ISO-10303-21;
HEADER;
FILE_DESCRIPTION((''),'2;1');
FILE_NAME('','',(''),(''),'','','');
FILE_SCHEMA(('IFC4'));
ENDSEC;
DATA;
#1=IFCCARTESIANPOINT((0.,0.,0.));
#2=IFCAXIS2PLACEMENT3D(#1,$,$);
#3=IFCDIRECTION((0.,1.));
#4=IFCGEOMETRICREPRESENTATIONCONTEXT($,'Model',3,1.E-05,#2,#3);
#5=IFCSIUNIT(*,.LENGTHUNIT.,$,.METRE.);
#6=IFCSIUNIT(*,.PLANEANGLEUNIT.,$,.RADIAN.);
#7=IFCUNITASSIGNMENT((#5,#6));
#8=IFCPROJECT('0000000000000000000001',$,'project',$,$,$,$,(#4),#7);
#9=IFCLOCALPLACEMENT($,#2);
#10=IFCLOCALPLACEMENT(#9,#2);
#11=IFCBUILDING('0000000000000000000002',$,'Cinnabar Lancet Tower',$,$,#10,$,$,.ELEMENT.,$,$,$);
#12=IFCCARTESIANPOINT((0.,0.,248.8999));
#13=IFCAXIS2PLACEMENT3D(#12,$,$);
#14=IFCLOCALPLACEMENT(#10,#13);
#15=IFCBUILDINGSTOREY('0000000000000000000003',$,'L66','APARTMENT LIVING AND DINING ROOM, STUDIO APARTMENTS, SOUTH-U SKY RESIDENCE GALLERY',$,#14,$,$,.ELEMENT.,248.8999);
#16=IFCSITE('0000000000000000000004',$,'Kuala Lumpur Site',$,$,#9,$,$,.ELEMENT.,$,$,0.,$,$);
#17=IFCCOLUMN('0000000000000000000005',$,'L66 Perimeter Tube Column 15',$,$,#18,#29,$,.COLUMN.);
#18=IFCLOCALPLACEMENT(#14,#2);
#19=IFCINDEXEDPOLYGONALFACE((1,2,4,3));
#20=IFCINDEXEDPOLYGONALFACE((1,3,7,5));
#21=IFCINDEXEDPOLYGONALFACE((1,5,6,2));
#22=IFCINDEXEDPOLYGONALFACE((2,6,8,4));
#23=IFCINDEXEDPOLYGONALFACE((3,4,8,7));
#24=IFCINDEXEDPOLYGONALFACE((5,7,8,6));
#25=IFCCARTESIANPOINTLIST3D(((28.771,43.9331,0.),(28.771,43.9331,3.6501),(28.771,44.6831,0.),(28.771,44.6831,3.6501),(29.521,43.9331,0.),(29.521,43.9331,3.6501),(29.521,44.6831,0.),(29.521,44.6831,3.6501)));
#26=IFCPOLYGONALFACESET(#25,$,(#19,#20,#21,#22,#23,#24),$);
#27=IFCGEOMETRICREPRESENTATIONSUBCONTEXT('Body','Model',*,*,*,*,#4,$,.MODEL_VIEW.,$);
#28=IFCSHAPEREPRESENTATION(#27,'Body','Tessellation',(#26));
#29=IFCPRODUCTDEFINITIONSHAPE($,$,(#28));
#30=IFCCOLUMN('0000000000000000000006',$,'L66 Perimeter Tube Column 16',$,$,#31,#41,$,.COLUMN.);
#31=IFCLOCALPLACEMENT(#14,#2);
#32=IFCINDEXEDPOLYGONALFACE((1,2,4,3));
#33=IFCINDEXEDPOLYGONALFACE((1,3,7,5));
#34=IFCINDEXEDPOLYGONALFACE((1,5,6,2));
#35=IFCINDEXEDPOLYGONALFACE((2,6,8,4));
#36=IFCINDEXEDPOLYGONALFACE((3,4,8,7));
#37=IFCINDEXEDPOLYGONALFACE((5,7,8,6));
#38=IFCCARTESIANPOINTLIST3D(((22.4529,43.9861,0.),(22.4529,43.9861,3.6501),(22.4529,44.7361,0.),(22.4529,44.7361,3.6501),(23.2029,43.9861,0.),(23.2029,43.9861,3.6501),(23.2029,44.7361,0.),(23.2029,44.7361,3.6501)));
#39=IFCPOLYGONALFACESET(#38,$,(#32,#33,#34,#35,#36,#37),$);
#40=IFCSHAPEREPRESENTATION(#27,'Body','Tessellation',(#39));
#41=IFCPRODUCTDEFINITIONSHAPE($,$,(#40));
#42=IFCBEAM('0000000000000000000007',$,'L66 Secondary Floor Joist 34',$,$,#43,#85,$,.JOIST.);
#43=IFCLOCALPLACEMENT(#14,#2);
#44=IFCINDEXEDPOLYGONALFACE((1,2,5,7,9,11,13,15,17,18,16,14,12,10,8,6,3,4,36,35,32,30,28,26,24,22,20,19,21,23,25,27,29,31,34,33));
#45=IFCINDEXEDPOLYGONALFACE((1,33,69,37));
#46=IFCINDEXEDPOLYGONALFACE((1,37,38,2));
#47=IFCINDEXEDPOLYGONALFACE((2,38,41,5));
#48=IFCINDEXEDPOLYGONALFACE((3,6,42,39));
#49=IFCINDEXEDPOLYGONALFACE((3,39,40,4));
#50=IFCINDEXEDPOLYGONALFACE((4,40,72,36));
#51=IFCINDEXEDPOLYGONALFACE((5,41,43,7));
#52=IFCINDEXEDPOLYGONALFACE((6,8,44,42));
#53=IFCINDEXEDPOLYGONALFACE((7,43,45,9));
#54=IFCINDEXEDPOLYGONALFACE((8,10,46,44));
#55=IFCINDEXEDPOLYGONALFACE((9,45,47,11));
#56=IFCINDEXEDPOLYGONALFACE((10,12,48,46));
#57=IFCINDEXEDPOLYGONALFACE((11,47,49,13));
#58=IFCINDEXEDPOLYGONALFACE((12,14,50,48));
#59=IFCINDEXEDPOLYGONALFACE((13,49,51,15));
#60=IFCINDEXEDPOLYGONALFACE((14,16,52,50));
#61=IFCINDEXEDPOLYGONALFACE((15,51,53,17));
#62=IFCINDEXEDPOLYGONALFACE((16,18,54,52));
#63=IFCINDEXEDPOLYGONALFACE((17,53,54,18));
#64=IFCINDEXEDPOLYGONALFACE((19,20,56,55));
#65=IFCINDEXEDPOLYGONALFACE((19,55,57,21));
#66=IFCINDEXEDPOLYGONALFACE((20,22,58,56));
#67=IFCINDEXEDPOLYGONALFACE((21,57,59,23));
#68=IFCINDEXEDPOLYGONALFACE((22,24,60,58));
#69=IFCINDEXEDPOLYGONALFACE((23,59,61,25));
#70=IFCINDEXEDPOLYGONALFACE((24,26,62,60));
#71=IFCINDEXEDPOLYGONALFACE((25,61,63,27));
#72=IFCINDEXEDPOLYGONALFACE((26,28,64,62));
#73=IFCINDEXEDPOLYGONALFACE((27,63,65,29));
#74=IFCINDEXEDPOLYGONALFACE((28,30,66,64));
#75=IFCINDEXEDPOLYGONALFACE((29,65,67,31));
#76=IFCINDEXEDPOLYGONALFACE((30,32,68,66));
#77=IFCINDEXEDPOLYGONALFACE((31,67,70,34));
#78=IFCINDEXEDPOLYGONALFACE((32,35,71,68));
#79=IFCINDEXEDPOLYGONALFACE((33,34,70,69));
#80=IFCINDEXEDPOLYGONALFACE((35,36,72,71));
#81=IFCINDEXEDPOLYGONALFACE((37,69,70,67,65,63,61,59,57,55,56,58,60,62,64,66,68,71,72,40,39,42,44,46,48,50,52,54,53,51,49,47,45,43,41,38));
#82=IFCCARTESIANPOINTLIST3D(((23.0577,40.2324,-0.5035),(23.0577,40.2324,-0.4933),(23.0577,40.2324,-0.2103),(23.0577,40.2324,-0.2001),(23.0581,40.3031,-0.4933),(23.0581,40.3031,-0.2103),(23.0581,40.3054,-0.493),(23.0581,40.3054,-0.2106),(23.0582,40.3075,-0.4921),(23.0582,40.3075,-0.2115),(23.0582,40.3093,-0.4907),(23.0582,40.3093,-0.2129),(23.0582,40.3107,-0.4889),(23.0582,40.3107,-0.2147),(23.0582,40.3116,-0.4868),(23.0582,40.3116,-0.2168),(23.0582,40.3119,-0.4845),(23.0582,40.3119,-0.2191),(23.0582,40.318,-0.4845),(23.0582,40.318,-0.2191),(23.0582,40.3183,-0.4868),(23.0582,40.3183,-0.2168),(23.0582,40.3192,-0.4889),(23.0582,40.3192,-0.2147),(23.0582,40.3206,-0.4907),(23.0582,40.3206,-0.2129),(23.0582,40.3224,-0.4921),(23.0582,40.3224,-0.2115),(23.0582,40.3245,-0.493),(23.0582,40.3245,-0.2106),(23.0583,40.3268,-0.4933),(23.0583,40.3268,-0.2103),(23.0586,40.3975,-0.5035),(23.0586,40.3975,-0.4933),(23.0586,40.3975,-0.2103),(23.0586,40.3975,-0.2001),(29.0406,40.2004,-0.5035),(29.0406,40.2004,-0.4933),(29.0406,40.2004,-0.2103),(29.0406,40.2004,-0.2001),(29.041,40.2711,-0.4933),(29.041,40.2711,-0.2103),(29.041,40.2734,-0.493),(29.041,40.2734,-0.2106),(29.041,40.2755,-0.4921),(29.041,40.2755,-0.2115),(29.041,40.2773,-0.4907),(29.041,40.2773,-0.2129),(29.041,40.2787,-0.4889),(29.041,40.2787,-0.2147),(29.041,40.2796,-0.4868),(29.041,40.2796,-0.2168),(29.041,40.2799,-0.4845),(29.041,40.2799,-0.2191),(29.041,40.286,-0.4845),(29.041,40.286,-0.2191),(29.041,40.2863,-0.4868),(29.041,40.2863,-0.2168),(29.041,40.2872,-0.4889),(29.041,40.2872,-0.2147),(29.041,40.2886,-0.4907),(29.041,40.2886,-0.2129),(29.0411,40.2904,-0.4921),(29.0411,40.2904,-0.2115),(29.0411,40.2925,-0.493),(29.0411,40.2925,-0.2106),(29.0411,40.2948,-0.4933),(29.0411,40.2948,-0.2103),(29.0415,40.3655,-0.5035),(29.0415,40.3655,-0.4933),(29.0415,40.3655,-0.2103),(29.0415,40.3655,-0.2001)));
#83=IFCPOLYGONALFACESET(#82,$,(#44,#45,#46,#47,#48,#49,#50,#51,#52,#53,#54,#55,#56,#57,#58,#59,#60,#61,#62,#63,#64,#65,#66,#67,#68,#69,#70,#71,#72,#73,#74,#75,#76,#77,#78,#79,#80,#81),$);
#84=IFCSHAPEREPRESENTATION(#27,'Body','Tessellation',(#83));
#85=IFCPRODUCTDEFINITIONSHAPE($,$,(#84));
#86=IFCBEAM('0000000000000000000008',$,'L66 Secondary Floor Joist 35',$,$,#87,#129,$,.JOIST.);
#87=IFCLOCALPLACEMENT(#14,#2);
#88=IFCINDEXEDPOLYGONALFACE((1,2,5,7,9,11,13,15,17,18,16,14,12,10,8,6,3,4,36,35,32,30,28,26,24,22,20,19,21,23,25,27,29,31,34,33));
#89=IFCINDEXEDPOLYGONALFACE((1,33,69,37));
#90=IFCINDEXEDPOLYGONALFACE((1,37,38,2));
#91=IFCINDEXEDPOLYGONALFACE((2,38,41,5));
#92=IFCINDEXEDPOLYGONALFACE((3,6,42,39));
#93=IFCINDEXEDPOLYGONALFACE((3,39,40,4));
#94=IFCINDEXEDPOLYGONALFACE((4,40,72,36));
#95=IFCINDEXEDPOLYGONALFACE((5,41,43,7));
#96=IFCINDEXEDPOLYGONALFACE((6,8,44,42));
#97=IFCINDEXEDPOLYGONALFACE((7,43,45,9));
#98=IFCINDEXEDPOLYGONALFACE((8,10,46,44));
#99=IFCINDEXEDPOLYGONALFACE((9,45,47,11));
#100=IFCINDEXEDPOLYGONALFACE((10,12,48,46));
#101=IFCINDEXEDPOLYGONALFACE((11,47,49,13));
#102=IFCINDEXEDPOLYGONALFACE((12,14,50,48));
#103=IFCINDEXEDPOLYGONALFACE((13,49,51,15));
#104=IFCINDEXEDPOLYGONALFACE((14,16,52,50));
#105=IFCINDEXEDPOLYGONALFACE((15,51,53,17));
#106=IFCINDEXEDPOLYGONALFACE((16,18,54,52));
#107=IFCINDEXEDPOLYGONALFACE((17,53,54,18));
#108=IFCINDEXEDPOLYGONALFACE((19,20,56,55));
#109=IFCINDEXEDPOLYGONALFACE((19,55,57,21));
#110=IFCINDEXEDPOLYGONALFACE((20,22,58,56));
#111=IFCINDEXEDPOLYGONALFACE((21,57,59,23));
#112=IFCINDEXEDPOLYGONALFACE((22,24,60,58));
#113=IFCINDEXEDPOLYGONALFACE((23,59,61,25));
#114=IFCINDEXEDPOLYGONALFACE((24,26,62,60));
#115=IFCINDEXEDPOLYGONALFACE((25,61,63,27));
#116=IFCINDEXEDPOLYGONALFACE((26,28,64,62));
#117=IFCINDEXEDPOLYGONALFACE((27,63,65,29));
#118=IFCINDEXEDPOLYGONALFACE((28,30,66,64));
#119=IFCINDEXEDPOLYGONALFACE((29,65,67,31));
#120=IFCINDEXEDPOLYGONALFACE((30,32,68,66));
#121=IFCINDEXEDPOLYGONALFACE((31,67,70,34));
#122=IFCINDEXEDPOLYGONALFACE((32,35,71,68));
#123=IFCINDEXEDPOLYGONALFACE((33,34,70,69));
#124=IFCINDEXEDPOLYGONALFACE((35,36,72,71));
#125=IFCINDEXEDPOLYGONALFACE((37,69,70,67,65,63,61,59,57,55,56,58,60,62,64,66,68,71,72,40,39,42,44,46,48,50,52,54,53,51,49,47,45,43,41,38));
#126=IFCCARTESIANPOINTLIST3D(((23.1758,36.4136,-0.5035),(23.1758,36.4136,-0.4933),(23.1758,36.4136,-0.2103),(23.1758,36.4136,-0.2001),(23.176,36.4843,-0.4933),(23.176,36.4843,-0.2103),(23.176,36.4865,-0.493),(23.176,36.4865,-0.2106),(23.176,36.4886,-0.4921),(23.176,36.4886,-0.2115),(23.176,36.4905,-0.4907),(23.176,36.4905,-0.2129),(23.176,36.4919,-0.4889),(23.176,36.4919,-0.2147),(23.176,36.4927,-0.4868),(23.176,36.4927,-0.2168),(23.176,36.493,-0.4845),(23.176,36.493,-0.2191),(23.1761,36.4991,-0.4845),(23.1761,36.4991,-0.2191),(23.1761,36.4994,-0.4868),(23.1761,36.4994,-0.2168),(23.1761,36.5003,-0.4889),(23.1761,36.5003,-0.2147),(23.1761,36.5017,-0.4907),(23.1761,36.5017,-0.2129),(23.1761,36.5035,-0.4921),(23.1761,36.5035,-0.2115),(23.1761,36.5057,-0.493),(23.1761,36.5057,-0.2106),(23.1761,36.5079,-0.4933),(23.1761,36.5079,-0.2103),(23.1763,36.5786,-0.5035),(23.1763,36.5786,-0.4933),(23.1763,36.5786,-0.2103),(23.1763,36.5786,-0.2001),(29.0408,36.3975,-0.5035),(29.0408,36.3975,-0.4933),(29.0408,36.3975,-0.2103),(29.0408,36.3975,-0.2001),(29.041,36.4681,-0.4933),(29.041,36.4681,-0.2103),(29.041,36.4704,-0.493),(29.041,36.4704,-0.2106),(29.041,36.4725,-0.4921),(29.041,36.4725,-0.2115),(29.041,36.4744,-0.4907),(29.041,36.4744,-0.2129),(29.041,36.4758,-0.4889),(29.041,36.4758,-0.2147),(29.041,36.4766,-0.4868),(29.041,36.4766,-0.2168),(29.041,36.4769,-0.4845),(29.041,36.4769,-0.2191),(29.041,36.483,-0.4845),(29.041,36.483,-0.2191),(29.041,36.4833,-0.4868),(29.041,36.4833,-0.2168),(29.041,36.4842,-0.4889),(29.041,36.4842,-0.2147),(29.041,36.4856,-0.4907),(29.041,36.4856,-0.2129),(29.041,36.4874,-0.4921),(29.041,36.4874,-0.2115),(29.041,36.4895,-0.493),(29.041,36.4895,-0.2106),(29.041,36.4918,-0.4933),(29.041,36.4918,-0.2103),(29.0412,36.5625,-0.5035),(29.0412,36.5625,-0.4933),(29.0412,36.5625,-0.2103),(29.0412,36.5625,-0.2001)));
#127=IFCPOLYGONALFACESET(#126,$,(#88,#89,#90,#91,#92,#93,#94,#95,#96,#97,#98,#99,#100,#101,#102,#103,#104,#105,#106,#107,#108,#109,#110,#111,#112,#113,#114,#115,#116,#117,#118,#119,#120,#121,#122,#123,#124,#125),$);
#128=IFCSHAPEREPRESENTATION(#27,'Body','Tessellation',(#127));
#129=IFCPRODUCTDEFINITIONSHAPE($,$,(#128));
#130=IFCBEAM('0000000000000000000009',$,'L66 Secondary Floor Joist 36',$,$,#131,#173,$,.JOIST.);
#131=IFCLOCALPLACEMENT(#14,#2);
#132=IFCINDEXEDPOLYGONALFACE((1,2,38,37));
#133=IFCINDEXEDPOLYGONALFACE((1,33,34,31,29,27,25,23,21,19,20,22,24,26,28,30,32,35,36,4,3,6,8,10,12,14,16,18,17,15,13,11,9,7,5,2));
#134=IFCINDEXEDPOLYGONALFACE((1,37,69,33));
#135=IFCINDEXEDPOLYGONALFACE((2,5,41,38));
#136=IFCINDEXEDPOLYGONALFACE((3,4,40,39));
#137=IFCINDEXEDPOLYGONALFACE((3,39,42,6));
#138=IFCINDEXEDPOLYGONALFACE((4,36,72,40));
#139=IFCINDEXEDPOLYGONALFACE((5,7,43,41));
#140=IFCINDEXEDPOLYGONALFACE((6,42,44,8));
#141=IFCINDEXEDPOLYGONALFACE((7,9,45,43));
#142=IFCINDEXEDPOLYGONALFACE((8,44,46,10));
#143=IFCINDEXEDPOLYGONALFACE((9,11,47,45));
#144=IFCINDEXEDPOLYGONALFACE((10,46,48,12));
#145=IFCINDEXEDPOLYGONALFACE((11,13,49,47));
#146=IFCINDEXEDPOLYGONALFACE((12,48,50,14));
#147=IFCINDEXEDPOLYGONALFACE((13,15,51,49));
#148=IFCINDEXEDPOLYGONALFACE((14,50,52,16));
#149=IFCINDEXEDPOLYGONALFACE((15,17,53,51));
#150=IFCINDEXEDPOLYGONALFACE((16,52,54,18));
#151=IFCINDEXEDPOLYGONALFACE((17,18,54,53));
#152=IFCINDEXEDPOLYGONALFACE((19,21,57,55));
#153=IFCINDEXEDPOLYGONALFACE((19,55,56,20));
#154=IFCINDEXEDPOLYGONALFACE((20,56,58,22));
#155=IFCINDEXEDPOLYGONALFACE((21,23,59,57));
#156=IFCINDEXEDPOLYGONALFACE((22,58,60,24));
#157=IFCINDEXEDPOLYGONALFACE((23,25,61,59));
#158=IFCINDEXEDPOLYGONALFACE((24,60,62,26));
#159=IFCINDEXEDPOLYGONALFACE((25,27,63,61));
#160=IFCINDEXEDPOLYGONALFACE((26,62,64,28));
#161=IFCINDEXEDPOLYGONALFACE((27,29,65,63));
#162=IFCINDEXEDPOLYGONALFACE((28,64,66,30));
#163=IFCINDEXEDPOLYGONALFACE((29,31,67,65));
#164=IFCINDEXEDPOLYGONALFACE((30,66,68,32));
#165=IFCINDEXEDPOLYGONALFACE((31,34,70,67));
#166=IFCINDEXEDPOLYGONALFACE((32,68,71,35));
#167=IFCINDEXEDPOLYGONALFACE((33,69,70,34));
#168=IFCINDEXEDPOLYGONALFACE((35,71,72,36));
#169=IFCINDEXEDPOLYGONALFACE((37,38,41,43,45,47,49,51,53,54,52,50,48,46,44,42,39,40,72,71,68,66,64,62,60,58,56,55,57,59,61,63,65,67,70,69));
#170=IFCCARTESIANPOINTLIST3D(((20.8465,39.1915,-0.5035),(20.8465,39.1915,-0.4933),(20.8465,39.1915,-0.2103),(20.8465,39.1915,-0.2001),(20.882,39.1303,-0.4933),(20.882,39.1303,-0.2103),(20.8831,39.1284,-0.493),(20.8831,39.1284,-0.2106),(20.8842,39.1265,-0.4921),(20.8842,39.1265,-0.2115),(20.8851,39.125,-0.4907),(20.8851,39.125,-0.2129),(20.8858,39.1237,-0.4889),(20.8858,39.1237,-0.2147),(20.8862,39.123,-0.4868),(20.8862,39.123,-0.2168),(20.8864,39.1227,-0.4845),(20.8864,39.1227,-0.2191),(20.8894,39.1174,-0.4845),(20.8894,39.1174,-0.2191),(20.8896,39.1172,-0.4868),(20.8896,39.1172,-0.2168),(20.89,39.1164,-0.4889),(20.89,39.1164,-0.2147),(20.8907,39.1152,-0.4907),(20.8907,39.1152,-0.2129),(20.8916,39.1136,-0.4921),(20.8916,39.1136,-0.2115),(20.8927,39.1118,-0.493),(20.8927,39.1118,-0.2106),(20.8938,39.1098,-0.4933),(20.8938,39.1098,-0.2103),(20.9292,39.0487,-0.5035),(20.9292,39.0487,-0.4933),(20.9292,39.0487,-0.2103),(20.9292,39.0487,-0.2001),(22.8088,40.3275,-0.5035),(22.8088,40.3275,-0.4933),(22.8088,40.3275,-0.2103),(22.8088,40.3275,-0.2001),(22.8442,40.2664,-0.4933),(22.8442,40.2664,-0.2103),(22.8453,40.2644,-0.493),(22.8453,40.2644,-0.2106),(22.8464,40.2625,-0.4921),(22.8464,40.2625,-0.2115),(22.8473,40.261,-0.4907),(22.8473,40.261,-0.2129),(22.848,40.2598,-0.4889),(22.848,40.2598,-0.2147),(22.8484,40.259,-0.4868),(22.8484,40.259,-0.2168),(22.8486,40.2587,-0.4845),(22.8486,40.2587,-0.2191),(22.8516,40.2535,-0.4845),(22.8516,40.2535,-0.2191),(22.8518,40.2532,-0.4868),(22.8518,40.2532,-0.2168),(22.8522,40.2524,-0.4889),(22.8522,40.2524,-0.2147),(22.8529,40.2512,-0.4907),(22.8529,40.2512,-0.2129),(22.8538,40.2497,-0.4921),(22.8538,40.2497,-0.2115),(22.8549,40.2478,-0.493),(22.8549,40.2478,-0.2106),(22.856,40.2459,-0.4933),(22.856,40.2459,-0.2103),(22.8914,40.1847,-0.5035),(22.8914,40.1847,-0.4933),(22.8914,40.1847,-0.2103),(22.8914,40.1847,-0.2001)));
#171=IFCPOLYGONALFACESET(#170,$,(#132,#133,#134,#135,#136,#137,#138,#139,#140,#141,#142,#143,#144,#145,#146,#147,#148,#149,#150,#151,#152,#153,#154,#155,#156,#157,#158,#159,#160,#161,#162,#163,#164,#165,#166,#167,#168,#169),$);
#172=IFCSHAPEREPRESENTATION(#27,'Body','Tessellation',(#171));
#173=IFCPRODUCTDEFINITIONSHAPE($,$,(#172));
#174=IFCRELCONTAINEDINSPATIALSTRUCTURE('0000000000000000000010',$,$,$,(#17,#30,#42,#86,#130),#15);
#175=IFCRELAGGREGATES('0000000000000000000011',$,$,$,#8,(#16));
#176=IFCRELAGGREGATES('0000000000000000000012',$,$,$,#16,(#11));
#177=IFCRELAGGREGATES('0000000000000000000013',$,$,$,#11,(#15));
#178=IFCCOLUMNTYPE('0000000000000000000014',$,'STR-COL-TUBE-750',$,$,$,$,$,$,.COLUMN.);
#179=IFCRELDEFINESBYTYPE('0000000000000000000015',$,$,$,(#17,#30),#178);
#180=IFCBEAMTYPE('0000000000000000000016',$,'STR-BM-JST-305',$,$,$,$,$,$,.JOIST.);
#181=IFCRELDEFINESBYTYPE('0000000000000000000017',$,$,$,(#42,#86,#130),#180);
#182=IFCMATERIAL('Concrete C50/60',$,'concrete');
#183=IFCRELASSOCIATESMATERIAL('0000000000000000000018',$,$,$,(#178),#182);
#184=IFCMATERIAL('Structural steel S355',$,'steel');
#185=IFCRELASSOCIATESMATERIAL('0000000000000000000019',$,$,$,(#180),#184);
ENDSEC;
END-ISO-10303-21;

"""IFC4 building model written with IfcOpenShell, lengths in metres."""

from ifc_helpers import new_model, si_unit, direction, frame, origin, origin_2d, place, context, subcontext, project, spatial, rectangle, i_section, extrude, material, material_profile, profile_set, type_object, element, save


model = new_model("IFC4")

# Units and contexts
model_context = context("Model", 3, precision=1e-05, world=origin(), true_north=direction((0.0, 1.0)))
body_context = subcontext(model_context, "Body", "Model", "MODEL_VIEW")
ifc_project = project(units=[si_unit("LENGTHUNIT", "METRE"), si_unit("PLANEANGLEUNIT", "RADIAN")], contexts=[model_context])

# Site, building, storey
site_placement = place(None, origin())
site = spatial("IfcSite", under=ifc_project, at=site_placement, Name="Kuala Lumpur Site", CompositionType="ELEMENT", RefElevation=0.0)
building_placement = place(site_placement, origin())
building = spatial("IfcBuilding", under=site, at=building_placement, Name="Cinnabar Lancet Tower", CompositionType="ELEMENT")
storey_placement = place(building_placement, frame((0.0, 0.0, 248.8999)))
storey = spatial("IfcBuildingStorey", under=building, at=storey_placement, Name="L66", Description="APARTMENT LIVING AND DINING ROOM, STUDIO APARTMENTS, SOUTH-U SKY RESIDENCE GALLERY", CompositionType="ELEMENT", Elevation=248.8999)

# Columns
ifc_material_1 = material(Name="Concrete C50/60", Category="concrete")
ifc_material_profile_1 = material_profile(ifc_material_1, rectangle(XDim=0.75, YDim=0.75, at=origin_2d()), Name="RC-COL 750x750")
ifc_profile_set_1 = profile_set([ifc_material_profile_1], Name="Concrete C50/60")
column_type = type_object("IfcColumnType", Name="STR-COL-TUBE-750", PredefinedType="COLUMN", material=ifc_profile_set_1)
for number, where, z_axis, x_axis, name in (
    (1, (29.146, 44.3081, 0.0), (0.0, 0.0, 1.0), (1.0, 0.0, 0.0), "L66 Perimeter Tube Column 15"),
    (2, (22.8279, 44.3611, 0.0), (0.0, 0.0, 1.0), (1.0, 0.0, 0.0), "L66 Perimeter Tube Column 16"),
):
    element("IfcColumn", number, at=place(storey_placement, frame(where, z_axis=z_axis, x_axis=x_axis)), inside=storey, type_object=column_type, Name=name, PredefinedType="COLUMN", context=body_context, shape_type="SweptSolid", body=[
        extrude(rectangle(XDim=0.75, YDim=0.75, at=origin_2d()), origin(), (0.0, 0.0, 1.0), 3.6501),
    ])

# Beams
ifc_material_2 = material(Name="Structural steel S355", Category="steel")
ifc_material_profile_2 = material_profile(ifc_material_2, i_section(OverallWidth=0.165, OverallDepth=0.3035, WebThickness=0.0061, FlangeThickness=0.0103, FilletRadius=0.0088, at=origin_2d()), Name="UKB 305x165x40")
ifc_profile_set_2 = profile_set([ifc_material_profile_2], Name="Structural steel S355")
beam_type_1 = type_object("IfcBeamType", Name="STR-BM-JST-305", PredefinedType="JOIST", material=ifc_profile_set_2)
beam_1_placement = place(storey_placement, frame((29.041, 40.283, -0.3518), z_axis=(-0.999986, 0.005346, 0.0), x_axis=(-0.005346, -0.999986, 0.0)))
element("IfcBeam", 3, at=beam_1_placement, inside=storey, type_object=beam_type_1, Name="L66 Secondary Floor Joist 34", PredefinedType="JOIST", context=body_context, shape_type="SweptSolid", body=[
    extrude(i_section(OverallWidth=0.165, OverallDepth=0.3035, WebThickness=0.0061, FlangeThickness=0.0103, FilletRadius=0.0088, at=origin_2d()), origin(), (0.0, 0.0, 1.0), 5.9829),
])
beam_2_placement = place(storey_placement, frame((29.041, 36.48, -0.3518), z_axis=(-0.999996, 0.002747, 0.0), x_axis=(-0.002747, -0.999996, 0.0)))
element("IfcBeam", 4, at=beam_2_placement, inside=storey, type_object=beam_type_1, Name="L66 Secondary Floor Joist 35", PredefinedType="JOIST", context=body_context, shape_type="SweptSolid", body=[
    extrude(i_section(OverallWidth=0.165, OverallDepth=0.3035, WebThickness=0.0061, FlangeThickness=0.0103, FilletRadius=0.0088, at=origin_2d()), origin(), (0.0, 0.0, 1.0), 5.865),
])
beam_3_placement = place(storey_placement, frame((22.8501, 40.2561, -0.3518), z_axis=(-0.865426, -0.501036, 0.0), x_axis=(0.501036, -0.865426, 0.0)))
element("IfcBeam", 5, at=beam_3_placement, inside=storey, type_object=beam_type_1, Name="L66 Secondary Floor Joist 36", PredefinedType="JOIST", context=body_context, shape_type="SweptSolid", body=[
    extrude(i_section(OverallWidth=0.165, OverallDepth=0.3035, WebThickness=0.0061, FlangeThickness=0.0103, FilletRadius=0.0088, at=origin_2d()), origin(), (0.0, 0.0, 1.0), 2.2673),
])

save(model, "model.ifc")
